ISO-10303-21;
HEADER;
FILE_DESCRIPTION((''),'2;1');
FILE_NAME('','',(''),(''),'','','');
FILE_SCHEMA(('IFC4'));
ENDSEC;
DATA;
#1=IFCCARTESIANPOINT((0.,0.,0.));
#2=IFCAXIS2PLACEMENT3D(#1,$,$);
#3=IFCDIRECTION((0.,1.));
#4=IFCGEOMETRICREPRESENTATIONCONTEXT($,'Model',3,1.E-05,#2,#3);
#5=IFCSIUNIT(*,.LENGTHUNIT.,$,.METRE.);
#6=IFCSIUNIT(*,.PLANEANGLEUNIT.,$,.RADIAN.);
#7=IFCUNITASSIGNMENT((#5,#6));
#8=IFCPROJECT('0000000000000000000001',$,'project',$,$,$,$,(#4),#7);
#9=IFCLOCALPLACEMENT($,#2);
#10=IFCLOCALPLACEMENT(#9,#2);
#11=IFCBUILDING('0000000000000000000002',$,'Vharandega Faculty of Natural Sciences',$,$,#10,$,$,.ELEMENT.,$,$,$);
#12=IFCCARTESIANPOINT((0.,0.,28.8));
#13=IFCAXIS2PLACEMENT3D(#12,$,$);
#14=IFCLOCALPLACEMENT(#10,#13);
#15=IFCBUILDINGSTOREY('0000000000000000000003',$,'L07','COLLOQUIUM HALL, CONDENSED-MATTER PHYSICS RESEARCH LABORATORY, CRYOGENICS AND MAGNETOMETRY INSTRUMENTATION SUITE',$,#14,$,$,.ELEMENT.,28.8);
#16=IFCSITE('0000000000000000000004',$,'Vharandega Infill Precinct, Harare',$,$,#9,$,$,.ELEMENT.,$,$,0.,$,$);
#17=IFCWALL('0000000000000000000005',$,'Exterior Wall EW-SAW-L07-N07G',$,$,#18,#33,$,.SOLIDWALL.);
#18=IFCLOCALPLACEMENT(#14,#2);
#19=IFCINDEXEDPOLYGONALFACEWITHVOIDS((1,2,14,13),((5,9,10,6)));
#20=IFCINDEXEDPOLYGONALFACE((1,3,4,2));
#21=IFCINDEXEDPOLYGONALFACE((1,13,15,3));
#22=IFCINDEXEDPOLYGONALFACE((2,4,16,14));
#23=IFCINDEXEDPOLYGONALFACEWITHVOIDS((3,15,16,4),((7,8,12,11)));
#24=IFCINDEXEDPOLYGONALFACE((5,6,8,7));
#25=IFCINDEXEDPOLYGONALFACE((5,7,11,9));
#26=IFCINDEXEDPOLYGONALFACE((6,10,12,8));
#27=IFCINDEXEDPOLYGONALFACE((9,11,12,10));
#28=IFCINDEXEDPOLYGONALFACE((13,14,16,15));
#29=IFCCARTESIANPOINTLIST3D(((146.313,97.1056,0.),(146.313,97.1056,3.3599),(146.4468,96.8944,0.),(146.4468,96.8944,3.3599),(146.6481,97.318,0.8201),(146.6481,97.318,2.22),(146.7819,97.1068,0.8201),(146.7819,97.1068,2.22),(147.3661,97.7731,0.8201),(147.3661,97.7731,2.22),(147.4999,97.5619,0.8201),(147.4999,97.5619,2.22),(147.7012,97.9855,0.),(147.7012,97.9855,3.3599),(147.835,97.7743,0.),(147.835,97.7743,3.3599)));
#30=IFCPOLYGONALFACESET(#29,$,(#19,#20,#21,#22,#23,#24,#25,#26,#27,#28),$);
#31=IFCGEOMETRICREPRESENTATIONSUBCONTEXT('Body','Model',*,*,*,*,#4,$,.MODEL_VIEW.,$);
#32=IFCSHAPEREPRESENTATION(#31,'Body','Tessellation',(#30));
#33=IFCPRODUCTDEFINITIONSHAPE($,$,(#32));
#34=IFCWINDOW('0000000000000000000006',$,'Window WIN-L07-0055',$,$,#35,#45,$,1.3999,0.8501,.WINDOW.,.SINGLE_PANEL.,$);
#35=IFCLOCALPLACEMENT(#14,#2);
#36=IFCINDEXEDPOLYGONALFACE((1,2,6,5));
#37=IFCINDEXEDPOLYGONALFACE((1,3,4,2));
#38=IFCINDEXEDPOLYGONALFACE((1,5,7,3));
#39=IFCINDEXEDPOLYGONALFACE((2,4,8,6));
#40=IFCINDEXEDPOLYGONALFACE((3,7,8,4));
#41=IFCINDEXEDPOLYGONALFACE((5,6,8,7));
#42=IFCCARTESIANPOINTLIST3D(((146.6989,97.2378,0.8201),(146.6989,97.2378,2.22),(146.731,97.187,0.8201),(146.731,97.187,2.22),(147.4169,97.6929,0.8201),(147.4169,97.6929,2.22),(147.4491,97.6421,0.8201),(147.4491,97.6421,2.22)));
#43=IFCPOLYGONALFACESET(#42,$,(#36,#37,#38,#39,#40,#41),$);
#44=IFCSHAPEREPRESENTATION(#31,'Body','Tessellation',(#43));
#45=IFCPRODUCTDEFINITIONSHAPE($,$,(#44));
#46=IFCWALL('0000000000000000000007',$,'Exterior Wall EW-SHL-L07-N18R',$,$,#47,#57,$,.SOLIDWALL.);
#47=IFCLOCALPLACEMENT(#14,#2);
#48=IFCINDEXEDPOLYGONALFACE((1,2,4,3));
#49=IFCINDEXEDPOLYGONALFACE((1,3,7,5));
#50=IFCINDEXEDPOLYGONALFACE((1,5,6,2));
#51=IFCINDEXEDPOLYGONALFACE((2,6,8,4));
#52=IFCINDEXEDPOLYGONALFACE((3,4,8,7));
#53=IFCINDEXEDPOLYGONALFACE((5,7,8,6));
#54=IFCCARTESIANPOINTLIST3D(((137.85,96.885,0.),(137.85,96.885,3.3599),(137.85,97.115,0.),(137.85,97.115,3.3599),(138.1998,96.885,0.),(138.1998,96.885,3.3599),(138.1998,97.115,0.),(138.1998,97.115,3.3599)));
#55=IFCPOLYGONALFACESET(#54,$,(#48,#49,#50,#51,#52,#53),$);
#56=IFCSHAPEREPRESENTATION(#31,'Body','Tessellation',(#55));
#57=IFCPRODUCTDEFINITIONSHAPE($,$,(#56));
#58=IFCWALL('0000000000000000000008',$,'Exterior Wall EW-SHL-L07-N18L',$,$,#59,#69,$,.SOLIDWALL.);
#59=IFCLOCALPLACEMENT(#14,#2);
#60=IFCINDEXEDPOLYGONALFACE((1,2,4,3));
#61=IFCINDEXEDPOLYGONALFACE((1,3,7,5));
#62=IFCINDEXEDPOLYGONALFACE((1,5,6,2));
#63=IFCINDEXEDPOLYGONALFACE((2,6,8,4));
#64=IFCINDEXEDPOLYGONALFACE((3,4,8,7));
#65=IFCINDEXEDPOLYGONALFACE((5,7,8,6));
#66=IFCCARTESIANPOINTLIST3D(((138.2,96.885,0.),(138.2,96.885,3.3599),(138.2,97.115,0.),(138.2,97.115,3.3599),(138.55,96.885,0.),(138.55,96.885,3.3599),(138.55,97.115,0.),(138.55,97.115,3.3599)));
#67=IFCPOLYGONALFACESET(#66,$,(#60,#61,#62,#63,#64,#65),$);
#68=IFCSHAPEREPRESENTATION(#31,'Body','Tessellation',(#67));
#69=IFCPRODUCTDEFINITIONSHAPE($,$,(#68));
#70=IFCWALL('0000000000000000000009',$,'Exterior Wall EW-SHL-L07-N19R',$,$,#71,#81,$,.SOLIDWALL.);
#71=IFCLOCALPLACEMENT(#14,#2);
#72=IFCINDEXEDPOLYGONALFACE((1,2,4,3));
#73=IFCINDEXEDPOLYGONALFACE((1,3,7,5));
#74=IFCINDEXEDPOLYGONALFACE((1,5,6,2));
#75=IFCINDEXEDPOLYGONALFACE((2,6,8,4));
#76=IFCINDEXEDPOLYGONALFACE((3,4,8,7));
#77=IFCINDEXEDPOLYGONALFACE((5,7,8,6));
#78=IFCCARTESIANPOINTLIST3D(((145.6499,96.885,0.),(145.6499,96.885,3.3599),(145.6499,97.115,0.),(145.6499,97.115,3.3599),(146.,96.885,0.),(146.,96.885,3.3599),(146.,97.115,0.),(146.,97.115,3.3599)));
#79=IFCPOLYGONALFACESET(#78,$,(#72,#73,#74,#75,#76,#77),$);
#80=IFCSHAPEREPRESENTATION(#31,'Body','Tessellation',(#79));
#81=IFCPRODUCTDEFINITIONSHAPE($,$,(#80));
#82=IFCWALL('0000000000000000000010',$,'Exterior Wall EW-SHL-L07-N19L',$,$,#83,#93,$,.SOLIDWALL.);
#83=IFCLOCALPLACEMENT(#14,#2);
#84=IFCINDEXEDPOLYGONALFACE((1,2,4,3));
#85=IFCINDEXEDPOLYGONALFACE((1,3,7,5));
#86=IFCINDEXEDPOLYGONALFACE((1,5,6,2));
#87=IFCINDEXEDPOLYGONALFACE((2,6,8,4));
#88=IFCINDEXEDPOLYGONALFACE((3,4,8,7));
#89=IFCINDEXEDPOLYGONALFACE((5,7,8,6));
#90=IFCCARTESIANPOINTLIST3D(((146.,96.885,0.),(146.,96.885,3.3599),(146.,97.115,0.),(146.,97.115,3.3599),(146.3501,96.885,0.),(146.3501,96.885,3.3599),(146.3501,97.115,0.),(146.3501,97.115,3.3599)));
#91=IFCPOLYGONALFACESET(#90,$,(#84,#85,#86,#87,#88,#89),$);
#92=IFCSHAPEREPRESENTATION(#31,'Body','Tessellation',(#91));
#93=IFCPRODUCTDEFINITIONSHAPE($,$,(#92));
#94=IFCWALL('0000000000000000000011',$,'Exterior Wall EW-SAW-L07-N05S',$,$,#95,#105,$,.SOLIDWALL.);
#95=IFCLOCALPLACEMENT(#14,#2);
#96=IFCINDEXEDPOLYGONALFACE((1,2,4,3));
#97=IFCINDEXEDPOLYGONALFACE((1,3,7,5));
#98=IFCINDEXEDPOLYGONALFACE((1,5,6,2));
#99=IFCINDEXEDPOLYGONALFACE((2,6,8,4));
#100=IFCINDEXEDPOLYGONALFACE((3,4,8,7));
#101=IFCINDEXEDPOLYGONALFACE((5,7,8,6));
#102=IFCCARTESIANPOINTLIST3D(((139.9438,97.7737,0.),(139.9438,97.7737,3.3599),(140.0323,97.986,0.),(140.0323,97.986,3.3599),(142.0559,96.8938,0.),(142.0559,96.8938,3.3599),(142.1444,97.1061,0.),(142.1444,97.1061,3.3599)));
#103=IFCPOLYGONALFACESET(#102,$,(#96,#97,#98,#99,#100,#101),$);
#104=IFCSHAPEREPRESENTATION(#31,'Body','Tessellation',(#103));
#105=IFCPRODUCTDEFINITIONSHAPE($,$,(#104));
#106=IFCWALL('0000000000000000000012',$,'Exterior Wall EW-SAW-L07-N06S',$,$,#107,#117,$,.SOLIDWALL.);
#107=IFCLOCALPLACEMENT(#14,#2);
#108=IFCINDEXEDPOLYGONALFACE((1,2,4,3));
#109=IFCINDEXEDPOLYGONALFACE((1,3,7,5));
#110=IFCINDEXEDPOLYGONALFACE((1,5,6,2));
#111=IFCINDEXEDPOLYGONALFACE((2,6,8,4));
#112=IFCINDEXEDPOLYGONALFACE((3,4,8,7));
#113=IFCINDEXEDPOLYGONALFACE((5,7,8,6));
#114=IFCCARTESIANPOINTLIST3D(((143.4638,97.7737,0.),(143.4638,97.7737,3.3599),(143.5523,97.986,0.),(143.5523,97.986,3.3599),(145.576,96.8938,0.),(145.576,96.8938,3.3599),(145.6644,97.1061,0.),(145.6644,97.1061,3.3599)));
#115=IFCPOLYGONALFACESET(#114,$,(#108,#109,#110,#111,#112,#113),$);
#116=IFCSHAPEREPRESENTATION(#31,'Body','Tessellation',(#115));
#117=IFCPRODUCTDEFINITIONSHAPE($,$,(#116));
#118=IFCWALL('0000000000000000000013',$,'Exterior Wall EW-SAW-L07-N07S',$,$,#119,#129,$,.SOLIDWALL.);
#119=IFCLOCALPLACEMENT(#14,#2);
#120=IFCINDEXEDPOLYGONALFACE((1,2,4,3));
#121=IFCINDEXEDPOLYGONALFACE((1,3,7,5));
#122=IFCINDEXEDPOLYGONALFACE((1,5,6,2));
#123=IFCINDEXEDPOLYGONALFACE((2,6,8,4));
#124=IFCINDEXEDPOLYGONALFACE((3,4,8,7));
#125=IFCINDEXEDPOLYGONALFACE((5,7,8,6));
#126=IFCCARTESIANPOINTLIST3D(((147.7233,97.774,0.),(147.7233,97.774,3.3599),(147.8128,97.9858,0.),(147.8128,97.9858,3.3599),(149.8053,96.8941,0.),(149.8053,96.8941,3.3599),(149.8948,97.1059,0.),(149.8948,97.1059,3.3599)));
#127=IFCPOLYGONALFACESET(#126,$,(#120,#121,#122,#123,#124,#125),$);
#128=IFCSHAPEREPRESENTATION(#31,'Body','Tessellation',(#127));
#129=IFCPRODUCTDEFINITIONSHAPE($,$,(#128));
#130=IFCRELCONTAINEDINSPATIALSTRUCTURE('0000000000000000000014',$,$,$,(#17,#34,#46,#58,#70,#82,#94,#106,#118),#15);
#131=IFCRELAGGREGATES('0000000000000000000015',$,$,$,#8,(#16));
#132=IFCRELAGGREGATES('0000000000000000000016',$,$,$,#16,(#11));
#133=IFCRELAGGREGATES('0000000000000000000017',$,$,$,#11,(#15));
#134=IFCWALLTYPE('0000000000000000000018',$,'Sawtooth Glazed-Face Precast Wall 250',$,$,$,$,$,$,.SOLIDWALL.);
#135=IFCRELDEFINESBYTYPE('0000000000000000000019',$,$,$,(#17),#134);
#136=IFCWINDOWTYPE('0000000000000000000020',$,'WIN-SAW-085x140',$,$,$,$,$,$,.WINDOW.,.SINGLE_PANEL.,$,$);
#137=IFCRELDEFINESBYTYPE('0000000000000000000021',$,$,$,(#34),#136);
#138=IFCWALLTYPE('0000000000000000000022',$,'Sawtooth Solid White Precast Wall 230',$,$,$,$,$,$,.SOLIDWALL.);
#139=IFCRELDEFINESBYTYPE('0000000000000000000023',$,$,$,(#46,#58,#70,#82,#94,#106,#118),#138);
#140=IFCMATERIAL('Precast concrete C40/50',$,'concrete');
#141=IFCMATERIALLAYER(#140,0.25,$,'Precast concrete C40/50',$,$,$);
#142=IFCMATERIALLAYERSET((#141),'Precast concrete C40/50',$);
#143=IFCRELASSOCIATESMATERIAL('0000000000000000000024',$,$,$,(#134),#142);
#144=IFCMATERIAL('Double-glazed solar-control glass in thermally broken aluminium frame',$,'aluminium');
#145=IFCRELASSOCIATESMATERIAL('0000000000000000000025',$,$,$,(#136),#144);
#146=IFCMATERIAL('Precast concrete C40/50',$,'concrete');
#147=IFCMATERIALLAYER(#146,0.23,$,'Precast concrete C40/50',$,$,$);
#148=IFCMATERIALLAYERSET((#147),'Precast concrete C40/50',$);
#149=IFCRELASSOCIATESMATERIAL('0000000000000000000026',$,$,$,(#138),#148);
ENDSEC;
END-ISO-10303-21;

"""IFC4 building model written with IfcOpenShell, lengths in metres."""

from ifc_helpers import new_model, si_unit, direction, frame, frame_2d, origin, place, context, subcontext, project, spatial, rectangle, extrude, material, layer, layer_set, type_object, element, fill, save


model = new_model("IFC4")

# Units and contexts
model_context = context("Model", 3, precision=1e-05, world=origin(), true_north=direction((0.0, 1.0)))
body_context = subcontext(model_context, "Body", "Model", "MODEL_VIEW")
ifc_project = project(units=[si_unit("LENGTHUNIT", "METRE"), si_unit("PLANEANGLEUNIT", "RADIAN")], contexts=[model_context])

# Site, building, storey
site_placement = place(None, origin())
site = spatial("IfcSite", under=ifc_project, at=site_placement, Name="Vharandega Infill Precinct, Harare", CompositionType="ELEMENT", RefElevation=0.0)
building_placement = place(site_placement, origin())
building = spatial("IfcBuilding", under=site, at=building_placement, Name="Vharandega Faculty of Natural Sciences", CompositionType="ELEMENT")
storey_placement = place(building_placement, frame((0.0, 0.0, 28.8)))
storey = spatial("IfcBuildingStorey", under=building, at=storey_placement, Name="L07", Description="COLLOQUIUM HALL, CONDENSED-MATTER PHYSICS RESEARCH LABORATORY, CRYOGENICS AND MAGNETOMETRY INSTRUMENTATION SUITE", CompositionType="ELEMENT", Elevation=28.8)

# Wall, opening, window
ifc_material_1 = material(Name="Precast concrete C40/50", Category="concrete")
ifc_layer_1 = layer(ifc_material_1, 0.25, Name="Precast concrete C40/50")
ifc_layer_set_1 = layer_set([ifc_layer_1], Name="Precast concrete C40/50")
wall_type_1 = type_object("IfcWallType", Name="Sawtooth Glazed-Face Precast Wall 250", PredefinedType="SOLIDWALL", material=ifc_layer_set_1)
wall_1_placement = place(storey_placement, frame((146.3799, 97.0, 0.0), z_axis=(0.0, 0.0, 1.0), x_axis=(0.844627, 0.535356, 0.0)))
wall_1 = element("IfcWall", 1, at=wall_1_placement, inside=storey, type_object=wall_type_1, Name="Exterior Wall EW-SAW-L07-N07G", PredefinedType="SOLIDWALL", context=body_context, shape_type="SweptSolid", body=[
    extrude(rectangle(XDim=1.6436, YDim=0.25, at=frame_2d((0.8218, 0.0))), origin(), (0.0, 0.0, 1.0), 3.3599),
])
opening_1_placement = place(wall_1_placement, frame((0.3967, 0.0, 0.8201)))
opening_1 = element("IfcOpeningElement", 2, at=opening_1_placement, cuts=wall_1, PredefinedType="OPENING", context=body_context, shape_type="SweptSolid", body=[
    extrude(rectangle(XDim=0.8501, YDim=1.3999, at=frame_2d((0.425, 0.7))), frame((0.0, 0.135, 0.0), z_axis=(0.0, -1.0, 0.0), x_axis=(1.0, 0.0, 0.0)), (0.0, 0.0, 1.0), 0.27),
])
ifc_material_2 = material(Name="Double-glazed solar-control glass in thermally broken aluminium frame", Category="aluminium")
window_type_1 = type_object("IfcWindowType", Name="WIN-SAW-085x140", PartitioningType="SINGLE_PANEL", PredefinedType="WINDOW", material=ifc_material_2)
window_1_placement = place(opening_1_placement, origin())
window_1 = element("IfcWindow", 3, at=window_1_placement, inside=storey, type_object=window_type_1, Name="Window WIN-L07-0055", OverallHeight=1.3999, OverallWidth=0.8501, PartitioningType="SINGLE_PANEL", PredefinedType="WINDOW", context=body_context, shape_type="SweptSolid", body=[
    extrude(rectangle(XDim=0.8501, YDim=1.3999, at=frame_2d((0.425, 0.7))), frame((0.0, 0.03, 0.0), z_axis=(0.0, -1.0, 0.0), x_axis=(1.0, 0.0, 0.0)), (0.0, 0.0, 1.0), 0.0601),
])
fill(opening_1, window_1)

# Walls
ifc_material_3 = material(Name="Precast concrete C40/50", Category="concrete")
ifc_layer_2 = layer(ifc_material_3, 0.23, Name="Precast concrete C40/50")
ifc_layer_set_2 = layer_set([ifc_layer_2], Name="Precast concrete C40/50")
wall_type_2 = type_object("IfcWallType", Name="Sawtooth Solid White Precast Wall 230", PredefinedType="SOLIDWALL", material=ifc_layer_set_2)
wall_2_placement = place(storey_placement, frame((137.8501, 97.0, 0.0), z_axis=(0.0, 0.0, 1.0), x_axis=(1.0, 0.0, 0.0)))
element("IfcWall", 4, at=wall_2_placement, inside=storey, type_object=wall_type_2, Name="Exterior Wall EW-SHL-L07-N18R", PredefinedType="SOLIDWALL", context=body_context, shape_type="SweptSolid", body=[
    extrude(rectangle(XDim=0.3499, YDim=0.23, at=frame_2d((0.1748, 0.0))), origin(), (0.0, 0.0, 1.0), 3.3599),
])
for number, where, z_axis, x_axis, name in (
    (5, (138.2, 97.0, 0.0), (0.0, 0.0, 1.0), (1.0, 0.0, 0.0), "Exterior Wall EW-SHL-L07-N18L"),
    (6, (145.6499, 97.0, 0.0), (0.0, 0.0, 1.0), (1.0, 0.0, 0.0), "Exterior Wall EW-SHL-L07-N19R"),
    (7, (146.0, 97.0, 0.0), (0.0, 0.0, 1.0), (1.0, 0.0, 0.0), "Exterior Wall EW-SHL-L07-N19L"),
):
    element("IfcWall", number, at=place(storey_placement, frame(where, z_axis=z_axis, x_axis=x_axis)), inside=storey, type_object=wall_type_2, Name=name, PredefinedType="SOLIDWALL", context=body_context, shape_type="SweptSolid", body=[
        extrude(rectangle(XDim=0.3501, YDim=0.23, at=frame_2d((0.175, 0.0))), origin(), (0.0, 0.0, 1.0), 3.3599),
    ])
for number, where, z_axis, x_axis, name in (
    (8, (139.988, 97.8799, 0.0), (0.0, 0.0, 1.0), (0.923099, -0.384562, 0.0), "Exterior Wall EW-SAW-L07-N05S"),
    (9, (143.5081, 97.8799, 0.0), (0.0, 0.0, 1.0), (0.923099, -0.384562, 0.0), "Exterior Wall EW-SAW-L07-N06S"),
):
    element("IfcWall", number, at=place(storey_placement, frame(where, z_axis=z_axis, x_axis=x_axis)), inside=storey, type_object=wall_type_2, Name=name, PredefinedType="SOLIDWALL", context=body_context, shape_type="SweptSolid", body=[
        extrude(rectangle(XDim=2.2881, YDim=0.23, at=frame_2d((1.144, 0.0))), origin(), (0.0, 0.0, 1.0), 3.3599),
    ])
wall_3_placement = place(storey_placement, frame((147.7681, 97.8799, 0.0), z_axis=(0.0, 0.0, 1.0), x_axis=(0.921122, -0.389274, 0.0)))
element("IfcWall", 10, at=wall_3_placement, inside=storey, type_object=wall_type_2, Name="Exterior Wall EW-SAW-L07-N07S", PredefinedType="SOLIDWALL", context=body_context, shape_type="SweptSolid", body=[
    extrude(rectangle(XDim=2.2603, YDim=0.23, at=frame_2d((1.1301, 0.0))), origin(), (0.0, 0.0, 1.0), 3.3599),
])

save(model, "model.ifc")
